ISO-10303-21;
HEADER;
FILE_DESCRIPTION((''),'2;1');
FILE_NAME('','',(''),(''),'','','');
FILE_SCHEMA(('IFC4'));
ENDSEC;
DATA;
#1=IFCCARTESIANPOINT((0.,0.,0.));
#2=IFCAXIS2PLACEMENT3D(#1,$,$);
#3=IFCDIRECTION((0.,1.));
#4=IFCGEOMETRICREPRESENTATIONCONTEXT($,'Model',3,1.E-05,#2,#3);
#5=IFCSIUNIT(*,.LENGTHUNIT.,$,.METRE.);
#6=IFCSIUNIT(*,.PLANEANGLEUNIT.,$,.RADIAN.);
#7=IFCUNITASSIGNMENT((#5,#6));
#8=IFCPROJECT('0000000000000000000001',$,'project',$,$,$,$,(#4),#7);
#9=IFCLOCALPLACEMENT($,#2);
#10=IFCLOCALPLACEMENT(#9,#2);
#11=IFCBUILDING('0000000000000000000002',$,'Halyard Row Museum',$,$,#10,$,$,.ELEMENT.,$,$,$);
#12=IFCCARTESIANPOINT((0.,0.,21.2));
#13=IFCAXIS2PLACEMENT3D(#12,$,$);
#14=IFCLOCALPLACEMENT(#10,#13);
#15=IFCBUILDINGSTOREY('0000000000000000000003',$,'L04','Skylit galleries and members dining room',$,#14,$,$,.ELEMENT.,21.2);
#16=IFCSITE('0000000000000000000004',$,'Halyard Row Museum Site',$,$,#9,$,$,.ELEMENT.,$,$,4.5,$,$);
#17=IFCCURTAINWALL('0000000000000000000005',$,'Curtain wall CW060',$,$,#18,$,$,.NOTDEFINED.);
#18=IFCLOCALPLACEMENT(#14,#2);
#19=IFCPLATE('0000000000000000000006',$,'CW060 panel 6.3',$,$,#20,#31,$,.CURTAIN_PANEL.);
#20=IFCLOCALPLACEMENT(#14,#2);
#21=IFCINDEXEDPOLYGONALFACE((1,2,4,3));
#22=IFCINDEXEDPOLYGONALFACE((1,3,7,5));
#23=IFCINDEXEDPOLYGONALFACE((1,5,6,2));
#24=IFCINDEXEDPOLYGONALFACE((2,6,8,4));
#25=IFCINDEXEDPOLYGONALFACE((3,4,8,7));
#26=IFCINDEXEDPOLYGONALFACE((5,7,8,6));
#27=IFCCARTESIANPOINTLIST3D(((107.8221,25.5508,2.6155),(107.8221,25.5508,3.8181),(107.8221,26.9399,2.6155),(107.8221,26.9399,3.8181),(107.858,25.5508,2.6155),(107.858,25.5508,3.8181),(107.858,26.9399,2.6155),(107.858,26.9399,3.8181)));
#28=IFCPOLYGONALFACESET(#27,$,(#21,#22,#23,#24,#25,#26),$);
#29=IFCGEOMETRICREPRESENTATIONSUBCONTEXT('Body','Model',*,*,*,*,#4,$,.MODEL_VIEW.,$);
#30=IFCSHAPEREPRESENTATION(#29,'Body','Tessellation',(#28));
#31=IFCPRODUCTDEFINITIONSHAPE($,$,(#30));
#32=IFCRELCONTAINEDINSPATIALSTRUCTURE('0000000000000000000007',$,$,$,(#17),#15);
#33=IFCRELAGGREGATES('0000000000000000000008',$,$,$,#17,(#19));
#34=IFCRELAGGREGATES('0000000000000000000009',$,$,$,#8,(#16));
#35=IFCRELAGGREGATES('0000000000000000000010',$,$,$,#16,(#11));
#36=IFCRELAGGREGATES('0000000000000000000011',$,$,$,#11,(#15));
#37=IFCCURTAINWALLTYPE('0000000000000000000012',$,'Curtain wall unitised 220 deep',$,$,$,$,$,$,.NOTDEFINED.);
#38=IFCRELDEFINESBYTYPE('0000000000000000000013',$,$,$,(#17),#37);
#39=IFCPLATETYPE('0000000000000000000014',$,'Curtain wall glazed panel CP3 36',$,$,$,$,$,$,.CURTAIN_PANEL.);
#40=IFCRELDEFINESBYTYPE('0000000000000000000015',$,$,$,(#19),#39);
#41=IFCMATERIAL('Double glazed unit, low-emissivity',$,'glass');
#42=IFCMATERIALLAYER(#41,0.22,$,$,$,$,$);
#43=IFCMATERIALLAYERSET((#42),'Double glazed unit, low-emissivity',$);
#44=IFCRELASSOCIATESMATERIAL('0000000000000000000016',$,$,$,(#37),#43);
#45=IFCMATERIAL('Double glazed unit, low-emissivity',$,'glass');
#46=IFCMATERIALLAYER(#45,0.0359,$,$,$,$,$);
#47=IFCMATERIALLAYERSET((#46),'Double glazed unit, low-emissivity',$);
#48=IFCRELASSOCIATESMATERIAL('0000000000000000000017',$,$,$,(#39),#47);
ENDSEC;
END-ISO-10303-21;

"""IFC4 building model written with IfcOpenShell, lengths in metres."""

from ifc_helpers import new_model, si_unit, direction, frame, origin, origin_2d, place, context, subcontext, project, spatial, rectangle, extrude, material, layer, layer_set, type_object, element, aggregate, save


model = new_model("IFC4")

# Units and contexts
model_context = context("Model", 3, precision=1e-05, world=origin(), true_north=direction((0.0, 1.0)))
body_context = subcontext(model_context, "Body", "Model", "MODEL_VIEW")
ifc_project = project(units=[si_unit("LENGTHUNIT", "METRE"), si_unit("PLANEANGLEUNIT", "RADIAN")], contexts=[model_context])

# Site, building, storey
site_placement = place(None, origin())
site = spatial("IfcSite", under=ifc_project, at=site_placement, Name="Halyard Row Museum Site", CompositionType="ELEMENT", RefElevation=4.5)
building_placement = place(site_placement, origin())
building = spatial("IfcBuilding", under=site, at=building_placement, Name="Halyard Row Museum", CompositionType="ELEMENT")
storey_placement = place(building_placement, frame((0.0, 0.0, 21.2)))
storey = spatial("IfcBuildingStorey", under=building, at=storey_placement, Name="L04", Description="Skylit galleries and members dining room", CompositionType="ELEMENT", Elevation=21.2)

# Curtain wall
ifc_material_1 = material(Name="Double glazed unit, low-emissivity", Category="glass")
ifc_layer_1 = layer(ifc_material_1, 0.22)
ifc_layer_set_1 = layer_set([ifc_layer_1], Name="Double glazed unit, low-emissivity")
curtain_wall_type = type_object("IfcCurtainWallType", Name="Curtain wall unitised 220 deep", PredefinedType="NOTDEFINED", material=ifc_layer_set_1)
curtain_wall_placement = place(storey_placement, origin())
curtain_wall = element("IfcCurtainWall", 1, at=curtain_wall_placement, inside=storey, type_object=curtain_wall_type, Name="Curtain wall CW060", PredefinedType="NOTDEFINED")

# Plate
ifc_material_2 = material(Name="Double glazed unit, low-emissivity", Category="glass")
ifc_layer_2 = layer(ifc_material_2, 0.0359)
ifc_layer_set_2 = layer_set([ifc_layer_2], Name="Double glazed unit, low-emissivity")
plate_type = type_object("IfcPlateType", Name="Curtain wall glazed panel CP3 36", PredefinedType="CURTAIN_PANEL", material=ifc_layer_set_2)
plate_1_placement = place(storey_placement, frame((107.8401, 26.2454, 2.6155), z_axis=(0.0, 0.0, 1.0), x_axis=(0.0, 1.0, 0.0)))
plate_1 = element("IfcPlate", 2, at=plate_1_placement, type_object=plate_type, Name="CW060 panel 6.3", PredefinedType="CURTAIN_PANEL", context=body_context, shape_type="SweptSolid", body=[
    extrude(rectangle(XDim=1.3892, YDim=0.0359, at=origin_2d()), origin(), (0.0, 0.0, 1.0), 1.2026),
])
aggregate(curtain_wall, [plate_1])

save(model, "model.ifc")
